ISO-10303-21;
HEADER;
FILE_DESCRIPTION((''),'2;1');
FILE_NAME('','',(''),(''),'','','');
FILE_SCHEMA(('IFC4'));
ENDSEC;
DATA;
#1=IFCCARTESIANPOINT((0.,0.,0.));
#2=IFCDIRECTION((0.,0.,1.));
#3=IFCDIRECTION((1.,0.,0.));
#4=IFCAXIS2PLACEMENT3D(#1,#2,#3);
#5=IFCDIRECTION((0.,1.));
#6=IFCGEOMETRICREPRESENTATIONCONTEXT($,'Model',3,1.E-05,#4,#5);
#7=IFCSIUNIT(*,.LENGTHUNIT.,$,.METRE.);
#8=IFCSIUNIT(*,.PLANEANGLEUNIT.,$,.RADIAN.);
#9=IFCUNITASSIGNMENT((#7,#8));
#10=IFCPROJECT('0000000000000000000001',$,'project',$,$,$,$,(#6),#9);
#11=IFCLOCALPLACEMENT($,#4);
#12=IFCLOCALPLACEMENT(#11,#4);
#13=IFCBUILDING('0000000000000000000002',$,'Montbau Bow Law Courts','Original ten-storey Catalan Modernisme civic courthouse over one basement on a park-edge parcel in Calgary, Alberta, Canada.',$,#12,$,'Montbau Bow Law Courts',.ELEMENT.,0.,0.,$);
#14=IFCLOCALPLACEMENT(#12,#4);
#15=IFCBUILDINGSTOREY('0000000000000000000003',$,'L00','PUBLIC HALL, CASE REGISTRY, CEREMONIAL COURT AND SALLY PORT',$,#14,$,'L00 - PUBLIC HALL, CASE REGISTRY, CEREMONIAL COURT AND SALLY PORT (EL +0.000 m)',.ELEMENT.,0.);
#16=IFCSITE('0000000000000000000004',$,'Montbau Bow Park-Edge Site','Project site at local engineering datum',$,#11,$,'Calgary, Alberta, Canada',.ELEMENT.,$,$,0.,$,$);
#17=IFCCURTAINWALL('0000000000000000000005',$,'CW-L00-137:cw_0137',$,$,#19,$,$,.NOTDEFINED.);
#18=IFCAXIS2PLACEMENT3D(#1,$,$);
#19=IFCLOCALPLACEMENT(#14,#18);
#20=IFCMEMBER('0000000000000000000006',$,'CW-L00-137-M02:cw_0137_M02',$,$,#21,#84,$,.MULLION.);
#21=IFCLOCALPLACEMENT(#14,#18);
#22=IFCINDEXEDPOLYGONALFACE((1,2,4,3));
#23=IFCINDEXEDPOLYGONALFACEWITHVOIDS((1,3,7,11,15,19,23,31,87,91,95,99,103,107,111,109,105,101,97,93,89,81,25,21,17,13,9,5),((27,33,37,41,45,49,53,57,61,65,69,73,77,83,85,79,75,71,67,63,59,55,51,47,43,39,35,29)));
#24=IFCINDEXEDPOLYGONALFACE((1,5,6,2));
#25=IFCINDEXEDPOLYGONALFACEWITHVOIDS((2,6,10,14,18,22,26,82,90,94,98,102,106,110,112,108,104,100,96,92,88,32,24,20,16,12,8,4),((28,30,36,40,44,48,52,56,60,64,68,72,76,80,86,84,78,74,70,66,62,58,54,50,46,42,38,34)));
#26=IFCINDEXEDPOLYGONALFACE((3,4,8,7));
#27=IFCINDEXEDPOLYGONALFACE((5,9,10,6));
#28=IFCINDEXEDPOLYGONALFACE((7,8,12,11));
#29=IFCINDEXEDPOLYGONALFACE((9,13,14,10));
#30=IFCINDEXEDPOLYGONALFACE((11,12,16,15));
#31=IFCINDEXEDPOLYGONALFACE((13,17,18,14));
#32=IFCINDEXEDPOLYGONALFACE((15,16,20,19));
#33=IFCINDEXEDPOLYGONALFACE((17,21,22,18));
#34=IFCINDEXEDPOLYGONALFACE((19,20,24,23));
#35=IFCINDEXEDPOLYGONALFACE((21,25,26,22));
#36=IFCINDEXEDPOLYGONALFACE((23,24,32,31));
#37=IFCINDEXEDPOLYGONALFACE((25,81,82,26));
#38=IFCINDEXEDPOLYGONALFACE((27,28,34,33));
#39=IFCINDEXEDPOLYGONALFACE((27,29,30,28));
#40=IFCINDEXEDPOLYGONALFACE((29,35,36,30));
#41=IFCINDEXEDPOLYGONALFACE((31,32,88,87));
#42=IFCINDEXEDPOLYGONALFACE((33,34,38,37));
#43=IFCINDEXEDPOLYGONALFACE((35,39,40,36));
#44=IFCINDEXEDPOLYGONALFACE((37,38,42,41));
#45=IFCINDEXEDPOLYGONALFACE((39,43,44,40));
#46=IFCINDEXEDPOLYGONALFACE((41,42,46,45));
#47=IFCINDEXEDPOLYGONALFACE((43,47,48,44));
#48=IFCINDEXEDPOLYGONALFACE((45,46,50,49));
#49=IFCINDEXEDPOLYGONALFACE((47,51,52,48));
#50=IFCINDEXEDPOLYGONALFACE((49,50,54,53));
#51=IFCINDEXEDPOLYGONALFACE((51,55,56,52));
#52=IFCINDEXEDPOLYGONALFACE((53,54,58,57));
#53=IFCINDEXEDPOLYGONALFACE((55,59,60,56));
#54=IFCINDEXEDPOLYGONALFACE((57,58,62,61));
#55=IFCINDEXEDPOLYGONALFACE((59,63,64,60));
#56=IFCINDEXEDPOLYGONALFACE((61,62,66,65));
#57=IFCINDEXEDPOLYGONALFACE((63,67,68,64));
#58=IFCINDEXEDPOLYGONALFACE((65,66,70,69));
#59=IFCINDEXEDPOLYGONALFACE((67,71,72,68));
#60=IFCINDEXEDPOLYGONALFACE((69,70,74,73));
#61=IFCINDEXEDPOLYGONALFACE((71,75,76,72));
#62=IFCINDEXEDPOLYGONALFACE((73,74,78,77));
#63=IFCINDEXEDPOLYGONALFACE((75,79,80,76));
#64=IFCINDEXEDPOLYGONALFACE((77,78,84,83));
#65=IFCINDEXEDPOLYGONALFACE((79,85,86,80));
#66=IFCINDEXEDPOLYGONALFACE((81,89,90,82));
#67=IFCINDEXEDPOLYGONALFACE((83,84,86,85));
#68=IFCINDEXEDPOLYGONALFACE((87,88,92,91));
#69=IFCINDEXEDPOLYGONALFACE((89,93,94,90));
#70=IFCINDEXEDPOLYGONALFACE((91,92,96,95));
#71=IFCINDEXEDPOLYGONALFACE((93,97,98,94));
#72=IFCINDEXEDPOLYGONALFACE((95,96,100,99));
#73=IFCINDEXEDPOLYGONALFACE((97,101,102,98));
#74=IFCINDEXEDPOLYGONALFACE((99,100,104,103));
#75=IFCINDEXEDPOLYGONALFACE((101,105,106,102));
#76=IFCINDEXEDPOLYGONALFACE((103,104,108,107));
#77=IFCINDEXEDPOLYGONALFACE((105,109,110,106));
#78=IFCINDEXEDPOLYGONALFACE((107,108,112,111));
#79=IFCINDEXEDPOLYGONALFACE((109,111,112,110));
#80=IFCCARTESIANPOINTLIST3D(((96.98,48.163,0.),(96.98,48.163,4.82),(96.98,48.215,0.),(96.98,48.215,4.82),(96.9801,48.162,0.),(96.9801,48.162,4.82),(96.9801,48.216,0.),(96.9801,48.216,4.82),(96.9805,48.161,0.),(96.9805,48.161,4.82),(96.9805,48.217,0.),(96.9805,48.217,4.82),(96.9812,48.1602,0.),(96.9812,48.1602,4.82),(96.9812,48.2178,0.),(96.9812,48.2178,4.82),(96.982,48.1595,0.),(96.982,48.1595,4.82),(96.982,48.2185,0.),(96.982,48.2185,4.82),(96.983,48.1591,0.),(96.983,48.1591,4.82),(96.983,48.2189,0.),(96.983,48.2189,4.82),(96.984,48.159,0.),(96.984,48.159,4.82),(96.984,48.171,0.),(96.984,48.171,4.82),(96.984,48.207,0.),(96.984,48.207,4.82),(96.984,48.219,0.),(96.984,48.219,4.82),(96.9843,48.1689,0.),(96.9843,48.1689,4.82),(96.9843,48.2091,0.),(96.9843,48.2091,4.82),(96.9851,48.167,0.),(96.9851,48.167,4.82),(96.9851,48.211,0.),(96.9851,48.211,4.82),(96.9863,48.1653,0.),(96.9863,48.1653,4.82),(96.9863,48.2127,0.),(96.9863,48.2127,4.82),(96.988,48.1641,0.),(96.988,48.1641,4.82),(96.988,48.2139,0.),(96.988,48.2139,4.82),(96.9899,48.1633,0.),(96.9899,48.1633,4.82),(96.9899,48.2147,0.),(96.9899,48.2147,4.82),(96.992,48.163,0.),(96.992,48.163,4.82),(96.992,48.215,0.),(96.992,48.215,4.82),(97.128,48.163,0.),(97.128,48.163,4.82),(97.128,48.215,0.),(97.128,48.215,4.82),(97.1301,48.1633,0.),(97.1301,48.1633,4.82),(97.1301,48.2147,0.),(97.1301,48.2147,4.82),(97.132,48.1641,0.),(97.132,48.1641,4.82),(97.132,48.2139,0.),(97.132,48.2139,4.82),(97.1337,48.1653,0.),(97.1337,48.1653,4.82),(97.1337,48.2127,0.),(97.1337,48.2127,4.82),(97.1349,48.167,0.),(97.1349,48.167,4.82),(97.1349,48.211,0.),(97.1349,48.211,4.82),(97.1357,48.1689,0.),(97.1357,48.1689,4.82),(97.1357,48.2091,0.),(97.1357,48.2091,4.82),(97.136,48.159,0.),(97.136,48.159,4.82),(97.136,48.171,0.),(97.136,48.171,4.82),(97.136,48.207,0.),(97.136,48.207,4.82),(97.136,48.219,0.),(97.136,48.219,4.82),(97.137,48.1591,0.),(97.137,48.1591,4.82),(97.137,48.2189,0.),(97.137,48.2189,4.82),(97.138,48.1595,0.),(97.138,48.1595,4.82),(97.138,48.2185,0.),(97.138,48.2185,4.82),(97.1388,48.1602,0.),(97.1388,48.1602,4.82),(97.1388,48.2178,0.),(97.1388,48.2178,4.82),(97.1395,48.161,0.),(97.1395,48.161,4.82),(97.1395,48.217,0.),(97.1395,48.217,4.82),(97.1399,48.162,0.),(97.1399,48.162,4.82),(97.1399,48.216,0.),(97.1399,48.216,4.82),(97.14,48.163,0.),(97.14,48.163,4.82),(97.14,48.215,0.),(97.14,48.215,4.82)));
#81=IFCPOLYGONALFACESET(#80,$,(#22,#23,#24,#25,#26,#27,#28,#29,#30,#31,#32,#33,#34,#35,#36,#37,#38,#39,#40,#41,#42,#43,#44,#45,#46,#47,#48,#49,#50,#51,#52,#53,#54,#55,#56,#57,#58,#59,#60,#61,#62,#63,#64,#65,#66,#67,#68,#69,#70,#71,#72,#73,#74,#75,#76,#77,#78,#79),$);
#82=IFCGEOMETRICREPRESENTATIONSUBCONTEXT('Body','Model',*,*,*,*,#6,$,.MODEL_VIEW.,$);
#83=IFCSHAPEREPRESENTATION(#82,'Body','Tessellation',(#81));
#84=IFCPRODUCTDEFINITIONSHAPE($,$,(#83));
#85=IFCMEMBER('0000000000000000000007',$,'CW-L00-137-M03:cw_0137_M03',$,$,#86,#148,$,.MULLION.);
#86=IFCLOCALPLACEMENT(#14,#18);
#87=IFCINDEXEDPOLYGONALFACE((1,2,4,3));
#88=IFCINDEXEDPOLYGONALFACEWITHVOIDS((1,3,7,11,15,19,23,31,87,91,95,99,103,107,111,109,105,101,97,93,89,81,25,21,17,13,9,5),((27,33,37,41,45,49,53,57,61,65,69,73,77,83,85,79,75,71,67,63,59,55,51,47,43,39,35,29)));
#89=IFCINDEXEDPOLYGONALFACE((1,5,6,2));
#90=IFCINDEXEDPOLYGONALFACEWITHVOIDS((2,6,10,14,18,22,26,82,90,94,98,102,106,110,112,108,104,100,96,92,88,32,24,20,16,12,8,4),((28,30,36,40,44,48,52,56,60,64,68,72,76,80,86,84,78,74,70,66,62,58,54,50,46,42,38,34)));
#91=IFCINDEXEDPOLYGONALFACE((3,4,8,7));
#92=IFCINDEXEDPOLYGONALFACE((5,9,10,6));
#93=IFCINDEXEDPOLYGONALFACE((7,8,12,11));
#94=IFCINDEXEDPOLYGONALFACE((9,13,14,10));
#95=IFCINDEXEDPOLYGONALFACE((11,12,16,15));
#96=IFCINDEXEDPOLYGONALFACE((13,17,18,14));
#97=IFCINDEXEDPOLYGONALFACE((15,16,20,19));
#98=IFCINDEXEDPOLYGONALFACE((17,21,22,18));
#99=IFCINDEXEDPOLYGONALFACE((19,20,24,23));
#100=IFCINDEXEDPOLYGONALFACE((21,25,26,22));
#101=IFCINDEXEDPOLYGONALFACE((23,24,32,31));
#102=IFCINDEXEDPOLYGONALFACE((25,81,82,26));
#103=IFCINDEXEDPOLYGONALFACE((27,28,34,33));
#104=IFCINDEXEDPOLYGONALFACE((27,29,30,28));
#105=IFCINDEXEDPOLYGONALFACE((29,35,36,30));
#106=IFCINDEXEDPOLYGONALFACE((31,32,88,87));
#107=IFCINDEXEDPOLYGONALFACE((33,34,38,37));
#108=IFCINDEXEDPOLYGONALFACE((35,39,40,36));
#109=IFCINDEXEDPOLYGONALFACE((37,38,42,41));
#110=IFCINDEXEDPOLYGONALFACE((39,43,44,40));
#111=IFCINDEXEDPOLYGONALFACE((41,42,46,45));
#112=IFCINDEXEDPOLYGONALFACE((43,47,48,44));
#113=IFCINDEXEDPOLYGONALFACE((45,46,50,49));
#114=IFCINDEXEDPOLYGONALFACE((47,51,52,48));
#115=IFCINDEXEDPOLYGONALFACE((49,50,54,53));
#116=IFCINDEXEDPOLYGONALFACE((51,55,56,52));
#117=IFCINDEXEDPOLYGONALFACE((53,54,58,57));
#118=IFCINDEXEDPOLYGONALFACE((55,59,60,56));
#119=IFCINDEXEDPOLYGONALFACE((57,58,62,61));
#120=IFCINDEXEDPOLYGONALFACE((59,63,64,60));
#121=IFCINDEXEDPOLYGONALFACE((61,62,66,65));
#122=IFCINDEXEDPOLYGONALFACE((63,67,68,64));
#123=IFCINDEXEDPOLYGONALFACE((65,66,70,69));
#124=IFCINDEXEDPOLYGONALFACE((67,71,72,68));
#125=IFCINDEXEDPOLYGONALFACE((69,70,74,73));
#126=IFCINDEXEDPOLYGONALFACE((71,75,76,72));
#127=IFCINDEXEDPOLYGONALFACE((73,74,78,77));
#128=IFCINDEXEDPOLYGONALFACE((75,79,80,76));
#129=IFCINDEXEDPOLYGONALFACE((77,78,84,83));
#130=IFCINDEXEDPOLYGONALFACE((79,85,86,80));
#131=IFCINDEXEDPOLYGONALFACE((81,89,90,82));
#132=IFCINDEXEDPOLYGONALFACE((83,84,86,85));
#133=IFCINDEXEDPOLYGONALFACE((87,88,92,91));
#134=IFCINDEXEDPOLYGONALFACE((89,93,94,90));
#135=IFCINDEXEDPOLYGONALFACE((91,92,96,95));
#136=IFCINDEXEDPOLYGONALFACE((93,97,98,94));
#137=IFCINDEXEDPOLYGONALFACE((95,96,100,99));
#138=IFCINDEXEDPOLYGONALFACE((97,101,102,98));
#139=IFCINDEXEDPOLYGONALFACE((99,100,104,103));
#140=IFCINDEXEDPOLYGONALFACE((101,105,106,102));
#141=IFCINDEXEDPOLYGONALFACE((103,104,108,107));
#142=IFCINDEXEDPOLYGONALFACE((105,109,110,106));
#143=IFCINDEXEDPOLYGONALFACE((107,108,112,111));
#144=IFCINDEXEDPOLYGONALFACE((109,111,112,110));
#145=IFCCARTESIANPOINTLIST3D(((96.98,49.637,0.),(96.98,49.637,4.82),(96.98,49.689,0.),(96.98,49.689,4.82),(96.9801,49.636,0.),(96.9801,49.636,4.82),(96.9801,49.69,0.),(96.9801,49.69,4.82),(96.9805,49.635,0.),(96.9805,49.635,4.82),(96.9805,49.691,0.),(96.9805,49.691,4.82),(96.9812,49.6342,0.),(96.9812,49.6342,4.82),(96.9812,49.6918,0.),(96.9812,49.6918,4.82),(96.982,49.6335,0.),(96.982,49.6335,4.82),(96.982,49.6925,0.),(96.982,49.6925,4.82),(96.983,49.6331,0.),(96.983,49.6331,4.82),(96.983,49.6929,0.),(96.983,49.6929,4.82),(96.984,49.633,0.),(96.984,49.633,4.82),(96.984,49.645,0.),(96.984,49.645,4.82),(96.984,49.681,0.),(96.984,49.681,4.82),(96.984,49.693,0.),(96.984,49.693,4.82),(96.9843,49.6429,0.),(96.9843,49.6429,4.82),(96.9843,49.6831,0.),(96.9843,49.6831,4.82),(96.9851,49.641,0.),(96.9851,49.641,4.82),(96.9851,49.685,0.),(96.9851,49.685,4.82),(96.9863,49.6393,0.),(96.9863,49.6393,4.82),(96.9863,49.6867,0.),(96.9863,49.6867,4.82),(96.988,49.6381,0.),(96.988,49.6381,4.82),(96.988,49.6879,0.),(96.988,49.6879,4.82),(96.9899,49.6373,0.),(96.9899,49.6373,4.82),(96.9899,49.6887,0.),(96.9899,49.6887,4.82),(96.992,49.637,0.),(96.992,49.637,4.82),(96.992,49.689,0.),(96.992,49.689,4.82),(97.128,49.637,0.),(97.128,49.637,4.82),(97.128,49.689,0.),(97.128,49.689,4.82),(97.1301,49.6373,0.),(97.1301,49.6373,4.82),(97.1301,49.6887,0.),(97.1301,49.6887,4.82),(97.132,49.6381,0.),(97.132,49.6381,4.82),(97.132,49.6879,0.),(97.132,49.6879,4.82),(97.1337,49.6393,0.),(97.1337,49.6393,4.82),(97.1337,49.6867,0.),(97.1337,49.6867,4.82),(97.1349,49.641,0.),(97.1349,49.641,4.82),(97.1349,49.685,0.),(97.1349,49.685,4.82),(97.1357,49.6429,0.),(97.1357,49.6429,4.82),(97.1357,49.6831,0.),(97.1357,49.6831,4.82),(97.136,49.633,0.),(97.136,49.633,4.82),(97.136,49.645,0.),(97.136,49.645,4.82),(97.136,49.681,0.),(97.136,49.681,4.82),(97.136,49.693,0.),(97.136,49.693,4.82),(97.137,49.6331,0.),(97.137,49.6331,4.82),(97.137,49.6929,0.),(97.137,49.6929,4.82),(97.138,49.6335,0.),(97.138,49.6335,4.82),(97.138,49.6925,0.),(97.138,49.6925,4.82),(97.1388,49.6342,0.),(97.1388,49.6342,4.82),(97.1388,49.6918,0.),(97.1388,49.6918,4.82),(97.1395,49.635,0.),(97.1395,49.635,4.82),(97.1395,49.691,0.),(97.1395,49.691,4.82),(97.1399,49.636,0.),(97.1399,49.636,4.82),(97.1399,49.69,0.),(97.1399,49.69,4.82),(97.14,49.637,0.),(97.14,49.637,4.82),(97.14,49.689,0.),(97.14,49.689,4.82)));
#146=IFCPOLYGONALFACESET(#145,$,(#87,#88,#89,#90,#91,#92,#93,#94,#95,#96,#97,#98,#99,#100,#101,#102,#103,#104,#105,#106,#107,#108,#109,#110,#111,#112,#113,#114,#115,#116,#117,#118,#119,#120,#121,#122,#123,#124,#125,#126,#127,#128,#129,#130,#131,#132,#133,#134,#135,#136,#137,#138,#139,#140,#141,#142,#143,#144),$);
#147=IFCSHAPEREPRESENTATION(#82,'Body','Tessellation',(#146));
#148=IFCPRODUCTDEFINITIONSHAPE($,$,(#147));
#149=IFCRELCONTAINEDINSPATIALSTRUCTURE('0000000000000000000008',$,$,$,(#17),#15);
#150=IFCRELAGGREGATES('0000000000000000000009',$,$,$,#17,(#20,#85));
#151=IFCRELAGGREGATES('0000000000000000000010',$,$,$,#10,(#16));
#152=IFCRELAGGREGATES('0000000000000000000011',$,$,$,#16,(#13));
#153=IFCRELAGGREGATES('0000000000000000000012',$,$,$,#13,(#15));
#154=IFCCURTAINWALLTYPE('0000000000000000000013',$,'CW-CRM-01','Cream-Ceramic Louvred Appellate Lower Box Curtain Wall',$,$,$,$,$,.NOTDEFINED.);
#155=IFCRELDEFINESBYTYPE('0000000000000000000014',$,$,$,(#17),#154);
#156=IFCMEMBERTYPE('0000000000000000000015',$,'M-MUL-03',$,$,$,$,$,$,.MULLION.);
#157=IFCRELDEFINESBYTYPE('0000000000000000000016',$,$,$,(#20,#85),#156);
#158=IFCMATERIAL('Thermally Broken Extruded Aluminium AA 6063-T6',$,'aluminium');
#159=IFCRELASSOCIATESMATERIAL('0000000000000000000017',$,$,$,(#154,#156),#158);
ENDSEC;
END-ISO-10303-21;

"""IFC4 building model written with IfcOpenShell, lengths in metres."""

from ifc_helpers import new_model, si_unit, direction, frame, origin_with_axes, origin_2d_with_axis, place, context, subcontext, project, spatial, hollow_rectangle, extrude, material, material_profile, profile_set, type_object, element, aggregate, save


model = new_model("IFC4")

# Units and contexts
model_context = context("Model", 3, precision=1e-05, world=origin_with_axes(), true_north=direction((0.0, 1.0)))
body_context = subcontext(model_context, "Body", "Model", "MODEL_VIEW")
ifc_project = project(units=[si_unit("LENGTHUNIT", "METRE"), si_unit("PLANEANGLEUNIT", "RADIAN")], contexts=[model_context])

# Site, building, storey
site_placement = place(None, origin_with_axes())
site = spatial("IfcSite", under=ifc_project, at=site_placement, Name="Montbau Bow Park-Edge Site", Description="Project site at local engineering datum", LongName="Calgary, Alberta, Canada", CompositionType="ELEMENT", RefElevation=0.0)
building_placement = place(site_placement, origin_with_axes())
building = spatial("IfcBuilding", under=site, at=building_placement, Name="Montbau Bow Law Courts", Description="Original ten-storey Catalan Modernisme civic courthouse over one basement on a park-edge parcel in Calgary, Alberta, Canada.", LongName="Montbau Bow Law Courts", CompositionType="ELEMENT", ElevationOfRefHeight=0.0, ElevationOfTerrain=0.0)
storey_placement = place(building_placement, origin_with_axes())
storey = spatial("IfcBuildingStorey", under=building, at=storey_placement, Name="L00", Description="PUBLIC HALL, CASE REGISTRY, CEREMONIAL COURT AND SALLY PORT", LongName="L00 - PUBLIC HALL, CASE REGISTRY, CEREMONIAL COURT AND SALLY PORT (EL +0.000 m)", CompositionType="ELEMENT", Elevation=0.0)

# Curtain wall, members
ifc_material_1 = material(Name="Thermally Broken Extruded Aluminium AA 6063-T6", Category="aluminium")
curtain_wall_type = type_object("IfcCurtainWallType", Name="CW-CRM-01", Description="Cream-Ceramic Louvred Appellate Lower Box Curtain Wall", PredefinedType="NOTDEFINED", material=ifc_material_1)
curtain_wall_1_placement = place(None, frame((97.06, 46.715, 0.0), z_axis=(0.0, 0.0, 1.0), x_axis=(1.0, 0.0, 0.0)))
curtain_wall_1 = element("IfcCurtainWall", 1, at=curtain_wall_1_placement, inside=storey, type_object=curtain_wall_type, Name="CW-L00-137:cw_0137", PredefinedType="NOTDEFINED")
ifc_material_profile_1 = material_profile(ifc_material_1, hollow_rectangle(XDim=0.06, YDim=0.16, WallThickness=0.004, InnerFilletRadius=0.008, OuterFilletRadius=0.004, at=origin_2d_with_axis()), Name="CWM-160X60", Category="Main", Priority=0)
ifc_profile_set_1 = profile_set([ifc_material_profile_1], Name="Thermally Broken Extruded Aluminium AA 6063-T6")
member_type_1 = type_object("IfcMemberType", Name="M-MUL-03", PredefinedType="MULLION", material=ifc_profile_set_1)
member_1_placement = place(None, frame((97.06, 48.189, 0.0), z_axis=(0.0, 0.0, 1.0), x_axis=(0.0, 1.0, 0.0)))
member_1 = element("IfcMember", 2, at=member_1_placement, type_object=member_type_1, Name="CW-L00-137-M02:cw_0137_M02", PredefinedType="MULLION", context=body_context, shape_type="SweptSolid", body=[
    extrude(hollow_rectangle(XDim=0.06, YDim=0.16, WallThickness=0.004, InnerFilletRadius=0.008, OuterFilletRadius=0.004, at=origin_2d_with_axis()), origin_with_axes(), (0.0, 0.0, 1.0), 4.82),
])
member_2_placement = place(None, frame((97.06, 49.663, 0.0), z_axis=(0.0, 0.0, 1.0), x_axis=(0.0, 1.0, 0.0)))
member_2 = element("IfcMember", 3, at=member_2_placement, type_object=member_type_1, Name="CW-L00-137-M03:cw_0137_M03", PredefinedType="MULLION", context=body_context, shape_type="SweptSolid", body=[
    extrude(hollow_rectangle(XDim=0.06, YDim=0.16, WallThickness=0.004, InnerFilletRadius=0.008, OuterFilletRadius=0.004, at=origin_2d_with_axis()), origin_with_axes(), (0.0, 0.0, 1.0), 4.82),
])

aggregate(curtain_wall_1, [member_1, member_2])

save(model, "model.ifc")
